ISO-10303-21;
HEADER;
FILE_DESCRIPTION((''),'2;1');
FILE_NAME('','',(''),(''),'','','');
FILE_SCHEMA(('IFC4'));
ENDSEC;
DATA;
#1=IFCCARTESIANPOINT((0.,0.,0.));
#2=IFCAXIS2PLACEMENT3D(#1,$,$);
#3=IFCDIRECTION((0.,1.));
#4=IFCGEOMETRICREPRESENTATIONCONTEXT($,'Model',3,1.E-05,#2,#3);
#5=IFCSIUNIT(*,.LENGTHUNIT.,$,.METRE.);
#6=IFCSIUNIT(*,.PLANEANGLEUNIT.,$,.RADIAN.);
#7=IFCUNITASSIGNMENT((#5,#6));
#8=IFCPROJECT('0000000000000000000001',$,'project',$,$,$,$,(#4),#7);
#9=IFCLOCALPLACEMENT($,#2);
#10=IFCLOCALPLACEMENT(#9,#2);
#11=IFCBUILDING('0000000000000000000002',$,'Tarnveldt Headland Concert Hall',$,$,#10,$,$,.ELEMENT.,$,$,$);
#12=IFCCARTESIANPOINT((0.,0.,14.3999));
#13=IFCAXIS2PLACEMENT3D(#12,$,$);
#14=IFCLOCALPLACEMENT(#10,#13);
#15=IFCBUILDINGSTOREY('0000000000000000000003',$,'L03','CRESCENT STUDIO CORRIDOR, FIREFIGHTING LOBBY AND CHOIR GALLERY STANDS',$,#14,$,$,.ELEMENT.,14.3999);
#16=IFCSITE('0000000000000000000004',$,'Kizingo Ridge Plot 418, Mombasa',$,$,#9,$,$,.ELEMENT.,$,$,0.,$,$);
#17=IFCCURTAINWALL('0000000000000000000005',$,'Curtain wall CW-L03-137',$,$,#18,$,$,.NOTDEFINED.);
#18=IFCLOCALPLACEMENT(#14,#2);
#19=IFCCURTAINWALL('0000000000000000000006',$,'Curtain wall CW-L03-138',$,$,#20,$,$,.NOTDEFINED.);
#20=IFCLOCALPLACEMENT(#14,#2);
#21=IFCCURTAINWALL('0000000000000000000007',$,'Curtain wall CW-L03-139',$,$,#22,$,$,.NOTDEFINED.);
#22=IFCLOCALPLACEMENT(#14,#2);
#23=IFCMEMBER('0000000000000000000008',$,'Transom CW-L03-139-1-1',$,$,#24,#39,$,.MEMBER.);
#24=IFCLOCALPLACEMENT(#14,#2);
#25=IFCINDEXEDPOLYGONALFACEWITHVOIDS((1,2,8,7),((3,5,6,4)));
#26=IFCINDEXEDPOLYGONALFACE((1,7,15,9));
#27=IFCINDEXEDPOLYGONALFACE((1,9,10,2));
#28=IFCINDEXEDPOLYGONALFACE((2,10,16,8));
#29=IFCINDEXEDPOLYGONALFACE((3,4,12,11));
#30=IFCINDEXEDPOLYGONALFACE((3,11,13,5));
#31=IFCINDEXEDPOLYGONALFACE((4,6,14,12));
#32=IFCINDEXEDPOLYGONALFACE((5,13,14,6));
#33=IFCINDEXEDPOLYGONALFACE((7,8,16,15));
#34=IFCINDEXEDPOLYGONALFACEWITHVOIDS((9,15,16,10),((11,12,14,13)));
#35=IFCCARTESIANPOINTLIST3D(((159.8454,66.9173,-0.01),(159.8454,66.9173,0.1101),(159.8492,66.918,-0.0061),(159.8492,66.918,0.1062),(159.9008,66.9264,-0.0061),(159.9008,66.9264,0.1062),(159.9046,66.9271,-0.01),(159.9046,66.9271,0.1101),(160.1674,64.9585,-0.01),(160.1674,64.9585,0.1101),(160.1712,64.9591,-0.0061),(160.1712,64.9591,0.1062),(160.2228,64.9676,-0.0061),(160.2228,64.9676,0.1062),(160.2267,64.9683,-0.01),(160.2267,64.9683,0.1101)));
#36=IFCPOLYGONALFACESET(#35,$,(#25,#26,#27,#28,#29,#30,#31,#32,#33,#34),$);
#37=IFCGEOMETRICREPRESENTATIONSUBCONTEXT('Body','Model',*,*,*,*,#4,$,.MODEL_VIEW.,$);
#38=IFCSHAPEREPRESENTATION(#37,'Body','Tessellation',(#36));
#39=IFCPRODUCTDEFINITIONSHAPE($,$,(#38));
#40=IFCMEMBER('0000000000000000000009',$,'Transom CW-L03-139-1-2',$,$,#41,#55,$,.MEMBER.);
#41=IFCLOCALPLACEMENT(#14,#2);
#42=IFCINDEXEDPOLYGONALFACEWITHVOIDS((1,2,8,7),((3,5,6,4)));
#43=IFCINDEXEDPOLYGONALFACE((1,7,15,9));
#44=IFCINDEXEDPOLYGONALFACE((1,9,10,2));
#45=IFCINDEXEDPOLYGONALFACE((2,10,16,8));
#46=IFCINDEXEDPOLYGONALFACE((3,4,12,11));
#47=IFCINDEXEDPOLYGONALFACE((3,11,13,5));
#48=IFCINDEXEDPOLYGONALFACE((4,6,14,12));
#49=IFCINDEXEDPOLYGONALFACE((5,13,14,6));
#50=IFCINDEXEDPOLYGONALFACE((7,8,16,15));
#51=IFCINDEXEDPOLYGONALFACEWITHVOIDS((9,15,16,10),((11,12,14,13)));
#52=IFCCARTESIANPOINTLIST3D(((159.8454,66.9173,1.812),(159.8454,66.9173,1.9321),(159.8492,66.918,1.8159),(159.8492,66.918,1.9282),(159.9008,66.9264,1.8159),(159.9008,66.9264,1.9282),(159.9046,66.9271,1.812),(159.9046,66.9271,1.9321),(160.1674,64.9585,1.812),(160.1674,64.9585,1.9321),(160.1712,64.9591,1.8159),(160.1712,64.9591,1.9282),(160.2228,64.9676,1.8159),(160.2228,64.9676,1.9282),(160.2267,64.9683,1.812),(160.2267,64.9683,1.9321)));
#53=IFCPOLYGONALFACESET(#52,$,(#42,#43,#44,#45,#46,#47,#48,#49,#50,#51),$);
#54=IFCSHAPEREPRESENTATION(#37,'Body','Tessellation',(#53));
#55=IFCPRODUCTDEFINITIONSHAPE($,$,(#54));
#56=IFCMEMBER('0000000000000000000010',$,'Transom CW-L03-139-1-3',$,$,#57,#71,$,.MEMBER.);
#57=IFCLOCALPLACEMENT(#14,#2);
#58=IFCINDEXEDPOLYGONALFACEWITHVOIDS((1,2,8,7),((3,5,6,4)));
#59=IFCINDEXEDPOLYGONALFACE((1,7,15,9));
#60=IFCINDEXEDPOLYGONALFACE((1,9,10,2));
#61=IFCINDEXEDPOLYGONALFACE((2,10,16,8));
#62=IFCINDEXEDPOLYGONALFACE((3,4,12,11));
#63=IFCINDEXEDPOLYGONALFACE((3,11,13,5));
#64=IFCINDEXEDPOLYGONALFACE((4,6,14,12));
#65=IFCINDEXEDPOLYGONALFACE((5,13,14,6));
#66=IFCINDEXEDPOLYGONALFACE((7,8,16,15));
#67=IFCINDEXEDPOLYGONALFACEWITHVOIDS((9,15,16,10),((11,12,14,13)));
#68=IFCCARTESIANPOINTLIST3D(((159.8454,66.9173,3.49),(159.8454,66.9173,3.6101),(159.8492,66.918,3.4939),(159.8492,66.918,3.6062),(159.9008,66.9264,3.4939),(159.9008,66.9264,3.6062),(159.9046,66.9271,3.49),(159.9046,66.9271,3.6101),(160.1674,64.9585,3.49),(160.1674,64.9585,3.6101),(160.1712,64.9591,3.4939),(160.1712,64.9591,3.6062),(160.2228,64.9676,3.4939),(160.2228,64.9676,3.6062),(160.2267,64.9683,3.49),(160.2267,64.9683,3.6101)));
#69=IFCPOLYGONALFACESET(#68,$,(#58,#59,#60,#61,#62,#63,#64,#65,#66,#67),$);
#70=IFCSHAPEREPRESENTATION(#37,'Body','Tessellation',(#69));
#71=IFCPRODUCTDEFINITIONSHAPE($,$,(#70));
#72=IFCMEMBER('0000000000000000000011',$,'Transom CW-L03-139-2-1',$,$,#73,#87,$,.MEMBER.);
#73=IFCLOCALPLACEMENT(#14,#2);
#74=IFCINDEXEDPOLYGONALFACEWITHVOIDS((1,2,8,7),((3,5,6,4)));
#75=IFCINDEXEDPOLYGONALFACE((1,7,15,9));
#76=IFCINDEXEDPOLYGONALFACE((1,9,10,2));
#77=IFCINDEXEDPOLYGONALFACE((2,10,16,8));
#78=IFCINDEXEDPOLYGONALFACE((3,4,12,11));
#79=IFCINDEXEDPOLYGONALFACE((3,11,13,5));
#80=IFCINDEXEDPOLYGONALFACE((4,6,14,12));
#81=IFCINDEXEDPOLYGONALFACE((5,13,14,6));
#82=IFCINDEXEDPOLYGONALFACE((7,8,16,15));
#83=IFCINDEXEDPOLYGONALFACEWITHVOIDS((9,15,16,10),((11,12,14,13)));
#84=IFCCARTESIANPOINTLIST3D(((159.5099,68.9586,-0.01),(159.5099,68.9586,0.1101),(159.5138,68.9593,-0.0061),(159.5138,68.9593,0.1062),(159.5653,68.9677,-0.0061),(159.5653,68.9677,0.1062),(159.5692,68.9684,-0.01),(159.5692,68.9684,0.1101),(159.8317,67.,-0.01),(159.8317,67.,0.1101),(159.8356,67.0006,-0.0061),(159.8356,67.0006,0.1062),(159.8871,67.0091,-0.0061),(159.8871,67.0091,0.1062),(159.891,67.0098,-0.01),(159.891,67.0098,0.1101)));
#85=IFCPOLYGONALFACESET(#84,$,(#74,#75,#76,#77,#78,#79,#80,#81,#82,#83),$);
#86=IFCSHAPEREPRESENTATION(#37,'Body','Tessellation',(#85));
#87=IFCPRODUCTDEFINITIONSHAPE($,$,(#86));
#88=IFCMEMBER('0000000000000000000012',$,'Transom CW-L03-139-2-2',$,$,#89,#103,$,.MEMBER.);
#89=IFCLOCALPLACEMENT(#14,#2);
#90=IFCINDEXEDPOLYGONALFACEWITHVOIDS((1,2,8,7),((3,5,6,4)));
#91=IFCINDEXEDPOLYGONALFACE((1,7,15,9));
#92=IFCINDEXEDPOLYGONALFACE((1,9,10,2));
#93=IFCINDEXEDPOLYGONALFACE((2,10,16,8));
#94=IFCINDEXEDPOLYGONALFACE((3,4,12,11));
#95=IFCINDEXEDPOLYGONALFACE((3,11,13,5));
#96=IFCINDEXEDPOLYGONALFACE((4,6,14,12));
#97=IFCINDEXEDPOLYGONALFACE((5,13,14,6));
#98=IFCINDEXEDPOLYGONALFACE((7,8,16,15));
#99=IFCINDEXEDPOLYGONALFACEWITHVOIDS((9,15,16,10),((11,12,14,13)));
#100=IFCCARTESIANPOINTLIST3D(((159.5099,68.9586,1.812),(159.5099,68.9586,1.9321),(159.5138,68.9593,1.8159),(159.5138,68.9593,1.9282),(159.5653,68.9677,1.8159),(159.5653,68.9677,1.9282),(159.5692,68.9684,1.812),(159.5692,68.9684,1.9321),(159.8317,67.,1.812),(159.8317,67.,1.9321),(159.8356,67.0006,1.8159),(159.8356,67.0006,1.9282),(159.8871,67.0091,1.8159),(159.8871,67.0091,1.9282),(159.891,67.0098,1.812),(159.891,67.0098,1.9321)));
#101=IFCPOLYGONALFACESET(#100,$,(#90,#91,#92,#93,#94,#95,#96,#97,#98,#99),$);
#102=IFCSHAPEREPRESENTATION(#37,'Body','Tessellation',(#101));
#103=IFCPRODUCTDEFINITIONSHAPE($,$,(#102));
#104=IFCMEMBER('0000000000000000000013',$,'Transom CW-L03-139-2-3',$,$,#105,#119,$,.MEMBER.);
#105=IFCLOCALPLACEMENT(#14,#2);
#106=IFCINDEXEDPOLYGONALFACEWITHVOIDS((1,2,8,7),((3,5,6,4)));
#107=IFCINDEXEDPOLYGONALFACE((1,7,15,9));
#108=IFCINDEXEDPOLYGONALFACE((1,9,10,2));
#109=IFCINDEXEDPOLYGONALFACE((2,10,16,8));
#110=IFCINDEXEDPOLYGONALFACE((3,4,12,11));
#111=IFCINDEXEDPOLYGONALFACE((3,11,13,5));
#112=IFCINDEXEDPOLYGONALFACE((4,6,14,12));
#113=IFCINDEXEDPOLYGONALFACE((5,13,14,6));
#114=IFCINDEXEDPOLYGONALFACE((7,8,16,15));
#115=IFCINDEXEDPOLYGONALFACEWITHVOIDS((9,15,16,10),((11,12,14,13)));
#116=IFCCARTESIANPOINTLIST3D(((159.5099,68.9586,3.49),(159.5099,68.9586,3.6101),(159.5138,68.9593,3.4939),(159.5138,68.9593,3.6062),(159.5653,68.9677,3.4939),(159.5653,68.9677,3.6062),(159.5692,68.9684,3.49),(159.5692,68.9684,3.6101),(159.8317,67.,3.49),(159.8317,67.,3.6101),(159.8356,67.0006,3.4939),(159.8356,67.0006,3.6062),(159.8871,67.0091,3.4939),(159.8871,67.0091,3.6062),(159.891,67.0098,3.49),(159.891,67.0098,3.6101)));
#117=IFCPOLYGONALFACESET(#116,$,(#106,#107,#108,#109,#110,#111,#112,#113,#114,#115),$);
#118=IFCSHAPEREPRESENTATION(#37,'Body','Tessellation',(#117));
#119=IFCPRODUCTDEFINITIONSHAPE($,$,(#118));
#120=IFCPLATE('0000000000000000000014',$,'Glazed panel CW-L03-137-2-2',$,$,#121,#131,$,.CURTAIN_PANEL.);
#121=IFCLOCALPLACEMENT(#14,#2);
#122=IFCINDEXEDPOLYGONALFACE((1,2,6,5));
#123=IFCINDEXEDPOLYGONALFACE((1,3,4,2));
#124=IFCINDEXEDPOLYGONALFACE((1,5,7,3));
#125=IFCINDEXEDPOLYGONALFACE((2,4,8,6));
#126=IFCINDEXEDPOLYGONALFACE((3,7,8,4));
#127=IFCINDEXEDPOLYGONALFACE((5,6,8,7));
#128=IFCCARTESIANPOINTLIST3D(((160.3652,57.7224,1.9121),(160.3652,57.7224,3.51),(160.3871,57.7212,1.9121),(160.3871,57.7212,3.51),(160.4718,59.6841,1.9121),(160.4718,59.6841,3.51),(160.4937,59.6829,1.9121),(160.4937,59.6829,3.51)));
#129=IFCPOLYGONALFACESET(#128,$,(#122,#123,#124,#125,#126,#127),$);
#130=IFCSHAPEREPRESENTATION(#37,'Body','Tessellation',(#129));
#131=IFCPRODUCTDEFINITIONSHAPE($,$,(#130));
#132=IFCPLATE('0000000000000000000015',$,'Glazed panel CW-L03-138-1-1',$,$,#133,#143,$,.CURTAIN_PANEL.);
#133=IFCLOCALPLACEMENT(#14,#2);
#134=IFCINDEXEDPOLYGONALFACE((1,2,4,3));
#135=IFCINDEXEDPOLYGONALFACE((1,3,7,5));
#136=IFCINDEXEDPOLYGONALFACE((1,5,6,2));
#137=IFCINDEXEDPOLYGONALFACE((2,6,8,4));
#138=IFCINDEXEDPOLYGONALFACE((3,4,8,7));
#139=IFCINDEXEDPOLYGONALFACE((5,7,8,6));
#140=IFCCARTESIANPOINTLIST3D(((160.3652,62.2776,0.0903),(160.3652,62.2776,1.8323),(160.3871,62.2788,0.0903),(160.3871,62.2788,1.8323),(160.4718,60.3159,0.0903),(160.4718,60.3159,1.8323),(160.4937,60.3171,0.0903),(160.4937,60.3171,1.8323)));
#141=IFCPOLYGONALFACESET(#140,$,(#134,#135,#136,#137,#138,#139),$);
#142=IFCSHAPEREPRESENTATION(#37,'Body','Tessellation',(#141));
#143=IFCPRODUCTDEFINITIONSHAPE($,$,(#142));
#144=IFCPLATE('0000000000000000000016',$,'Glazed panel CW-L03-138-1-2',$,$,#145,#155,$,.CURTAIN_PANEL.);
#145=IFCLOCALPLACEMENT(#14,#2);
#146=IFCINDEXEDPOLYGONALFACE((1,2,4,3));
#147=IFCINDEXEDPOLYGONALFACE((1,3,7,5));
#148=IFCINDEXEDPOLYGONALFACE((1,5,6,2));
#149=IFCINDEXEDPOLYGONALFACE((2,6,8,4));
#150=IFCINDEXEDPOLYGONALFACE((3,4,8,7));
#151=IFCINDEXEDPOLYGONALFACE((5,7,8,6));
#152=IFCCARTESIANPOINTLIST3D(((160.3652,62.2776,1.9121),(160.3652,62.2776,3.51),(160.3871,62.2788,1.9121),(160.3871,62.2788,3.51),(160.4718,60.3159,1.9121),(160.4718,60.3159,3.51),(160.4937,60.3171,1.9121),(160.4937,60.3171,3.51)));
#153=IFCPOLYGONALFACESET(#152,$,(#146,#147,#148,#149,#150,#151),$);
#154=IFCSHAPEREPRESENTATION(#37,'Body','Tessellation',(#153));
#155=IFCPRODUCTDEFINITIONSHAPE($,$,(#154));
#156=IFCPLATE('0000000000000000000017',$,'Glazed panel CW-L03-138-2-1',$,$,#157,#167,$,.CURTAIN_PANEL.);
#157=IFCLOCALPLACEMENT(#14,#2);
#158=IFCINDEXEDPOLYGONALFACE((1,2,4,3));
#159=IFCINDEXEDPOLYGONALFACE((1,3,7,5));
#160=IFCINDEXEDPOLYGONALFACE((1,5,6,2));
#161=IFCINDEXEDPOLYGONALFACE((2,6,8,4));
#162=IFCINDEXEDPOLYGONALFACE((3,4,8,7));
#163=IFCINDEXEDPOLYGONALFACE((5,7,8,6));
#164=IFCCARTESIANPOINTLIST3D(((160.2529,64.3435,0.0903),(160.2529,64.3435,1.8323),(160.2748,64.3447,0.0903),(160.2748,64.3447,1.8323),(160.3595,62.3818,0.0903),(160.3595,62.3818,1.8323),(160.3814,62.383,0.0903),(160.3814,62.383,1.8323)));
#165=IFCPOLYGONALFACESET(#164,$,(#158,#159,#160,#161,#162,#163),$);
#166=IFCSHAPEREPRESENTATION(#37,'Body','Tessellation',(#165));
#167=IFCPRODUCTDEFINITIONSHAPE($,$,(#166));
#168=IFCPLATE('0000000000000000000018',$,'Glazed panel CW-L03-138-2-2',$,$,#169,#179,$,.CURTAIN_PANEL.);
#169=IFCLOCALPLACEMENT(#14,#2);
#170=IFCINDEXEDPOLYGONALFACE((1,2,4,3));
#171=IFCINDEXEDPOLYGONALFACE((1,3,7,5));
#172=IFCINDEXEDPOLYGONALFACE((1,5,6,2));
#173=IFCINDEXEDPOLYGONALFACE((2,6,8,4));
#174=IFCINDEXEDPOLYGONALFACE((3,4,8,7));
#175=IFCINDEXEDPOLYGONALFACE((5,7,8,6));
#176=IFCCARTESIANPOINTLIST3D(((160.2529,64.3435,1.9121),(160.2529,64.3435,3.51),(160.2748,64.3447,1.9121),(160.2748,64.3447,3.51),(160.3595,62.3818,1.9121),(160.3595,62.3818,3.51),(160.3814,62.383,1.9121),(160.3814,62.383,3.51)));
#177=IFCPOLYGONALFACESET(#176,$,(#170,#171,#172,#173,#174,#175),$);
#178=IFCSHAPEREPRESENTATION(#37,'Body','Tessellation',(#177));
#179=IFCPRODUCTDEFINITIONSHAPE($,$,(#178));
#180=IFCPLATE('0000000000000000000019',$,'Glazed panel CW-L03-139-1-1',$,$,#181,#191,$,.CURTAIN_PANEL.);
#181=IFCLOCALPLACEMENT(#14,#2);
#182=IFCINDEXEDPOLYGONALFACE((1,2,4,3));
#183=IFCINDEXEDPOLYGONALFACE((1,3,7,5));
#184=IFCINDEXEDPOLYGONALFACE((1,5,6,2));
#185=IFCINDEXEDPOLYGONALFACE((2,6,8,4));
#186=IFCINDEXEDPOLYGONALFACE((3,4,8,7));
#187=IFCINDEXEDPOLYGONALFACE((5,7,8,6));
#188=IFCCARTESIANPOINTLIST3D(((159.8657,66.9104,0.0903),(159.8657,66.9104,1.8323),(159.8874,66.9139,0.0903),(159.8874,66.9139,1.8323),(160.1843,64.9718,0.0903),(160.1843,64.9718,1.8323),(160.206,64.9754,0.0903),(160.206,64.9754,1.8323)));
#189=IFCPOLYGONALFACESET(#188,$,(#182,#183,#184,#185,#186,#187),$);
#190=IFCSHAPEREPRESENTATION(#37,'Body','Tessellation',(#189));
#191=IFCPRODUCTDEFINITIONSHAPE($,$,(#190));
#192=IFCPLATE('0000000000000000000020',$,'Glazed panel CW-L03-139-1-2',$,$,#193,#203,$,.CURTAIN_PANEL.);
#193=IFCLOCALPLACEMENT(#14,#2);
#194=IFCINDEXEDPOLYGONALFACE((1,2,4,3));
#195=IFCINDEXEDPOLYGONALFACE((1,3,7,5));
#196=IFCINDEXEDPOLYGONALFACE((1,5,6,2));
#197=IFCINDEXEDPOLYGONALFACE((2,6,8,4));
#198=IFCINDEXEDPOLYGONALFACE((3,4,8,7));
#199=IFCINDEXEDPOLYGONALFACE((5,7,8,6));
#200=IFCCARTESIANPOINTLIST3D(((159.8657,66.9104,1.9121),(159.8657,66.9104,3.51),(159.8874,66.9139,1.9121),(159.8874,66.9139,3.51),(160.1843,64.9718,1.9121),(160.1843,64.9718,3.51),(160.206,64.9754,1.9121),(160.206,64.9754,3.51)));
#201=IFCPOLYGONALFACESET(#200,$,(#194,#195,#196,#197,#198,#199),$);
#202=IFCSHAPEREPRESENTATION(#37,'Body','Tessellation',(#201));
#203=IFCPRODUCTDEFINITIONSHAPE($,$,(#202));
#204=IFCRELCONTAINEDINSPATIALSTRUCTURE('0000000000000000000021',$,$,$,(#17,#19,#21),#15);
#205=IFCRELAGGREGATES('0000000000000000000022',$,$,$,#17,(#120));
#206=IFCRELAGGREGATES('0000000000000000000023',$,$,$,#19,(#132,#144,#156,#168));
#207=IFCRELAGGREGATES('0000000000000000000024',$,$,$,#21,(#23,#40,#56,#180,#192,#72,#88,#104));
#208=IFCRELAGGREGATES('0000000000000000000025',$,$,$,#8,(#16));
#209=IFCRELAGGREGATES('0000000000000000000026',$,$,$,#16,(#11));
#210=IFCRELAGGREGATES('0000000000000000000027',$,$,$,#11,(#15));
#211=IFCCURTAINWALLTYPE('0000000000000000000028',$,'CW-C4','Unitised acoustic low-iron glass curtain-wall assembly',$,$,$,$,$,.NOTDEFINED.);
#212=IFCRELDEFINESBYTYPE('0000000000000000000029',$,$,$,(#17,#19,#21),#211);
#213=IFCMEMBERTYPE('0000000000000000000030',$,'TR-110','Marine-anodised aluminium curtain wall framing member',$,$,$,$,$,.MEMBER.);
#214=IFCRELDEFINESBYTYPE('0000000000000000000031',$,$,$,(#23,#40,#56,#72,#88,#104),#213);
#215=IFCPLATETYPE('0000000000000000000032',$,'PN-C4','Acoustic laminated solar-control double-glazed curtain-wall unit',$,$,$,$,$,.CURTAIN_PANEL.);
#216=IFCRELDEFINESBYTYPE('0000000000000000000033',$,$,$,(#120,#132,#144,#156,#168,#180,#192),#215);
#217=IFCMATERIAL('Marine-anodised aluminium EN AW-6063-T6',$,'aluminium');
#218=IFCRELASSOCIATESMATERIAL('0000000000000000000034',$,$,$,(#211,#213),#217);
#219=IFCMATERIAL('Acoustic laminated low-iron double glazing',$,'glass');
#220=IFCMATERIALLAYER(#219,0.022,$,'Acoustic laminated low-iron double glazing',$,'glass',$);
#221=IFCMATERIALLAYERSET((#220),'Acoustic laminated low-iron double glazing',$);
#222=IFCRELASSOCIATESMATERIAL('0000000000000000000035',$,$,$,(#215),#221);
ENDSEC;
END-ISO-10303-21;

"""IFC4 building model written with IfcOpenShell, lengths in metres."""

from ifc_helpers import new_model, si_unit, direction, frame, origin, origin_2d, place, context, subcontext, project, spatial, rectangle, hollow_rectangle, extrude, material, layer, layer_set, material_profile, profile_set, type_object, element, aggregate, save


model = new_model("IFC4")

# Units and contexts
model_context = context("Model", 3, precision=1e-05, world=origin(), true_north=direction((0.0, 1.0)))
body_context = subcontext(model_context, "Body", "Model", "MODEL_VIEW")
ifc_project = project(units=[si_unit("LENGTHUNIT", "METRE"), si_unit("PLANEANGLEUNIT", "RADIAN")], contexts=[model_context])

# Site, building, storey
site_placement = place(None, origin())
site = spatial("IfcSite", under=ifc_project, at=site_placement, Name="Kizingo Ridge Plot 418, Mombasa", CompositionType="ELEMENT", RefElevation=0.0)
building_placement = place(site_placement, origin())
building = spatial("IfcBuilding", under=site, at=building_placement, Name="Tarnveldt Headland Concert Hall", CompositionType="ELEMENT")
storey_placement = place(building_placement, frame((0.0, 0.0, 14.3999)))
storey = spatial("IfcBuildingStorey", under=building, at=storey_placement, Name="L03", Description="CRESCENT STUDIO CORRIDOR, FIREFIGHTING LOBBY AND CHOIR GALLERY STANDS", CompositionType="ELEMENT", Elevation=14.3999)

# Curtain wall
ifc_material_1 = material(Name="Marine-anodised aluminium EN AW-6063-T6", Category="aluminium")
curtain_wall_type = type_object("IfcCurtainWallType", Name="CW-C4", Description="Unitised acoustic low-iron glass curtain-wall assembly", PredefinedType="NOTDEFINED", material=ifc_material_1)
curtain_wall_1_placement = place(storey_placement, origin())
curtain_wall_1 = element("IfcCurtainWall", 1, at=curtain_wall_1_placement, inside=storey, type_object=curtain_wall_type, Name="Curtain wall CW-L03-137", PredefinedType="NOTDEFINED")

# Curtain walls
curtain_wall_2_placement = place(storey_placement, origin())
curtain_wall_2 = element("IfcCurtainWall", 2, at=curtain_wall_2_placement, inside=storey, type_object=curtain_wall_type, Name="Curtain wall CW-L03-138", PredefinedType="NOTDEFINED")
curtain_wall_3_placement = place(storey_placement, origin())
curtain_wall_3 = element("IfcCurtainWall", 3, at=curtain_wall_3_placement, inside=storey, type_object=curtain_wall_type, Name="Curtain wall CW-L03-139", PredefinedType="NOTDEFINED")

# Members
ifc_material_profile_1 = material_profile(ifc_material_1, hollow_rectangle(XDim=0.0601, YDim=0.1201, WallThickness=0.0039, at=origin_2d()), Name="ALU TRANSOM 60x120x4", Category="aluminium")
ifc_profile_set_1 = profile_set([ifc_material_profile_1], Name="Marine-anodised aluminium EN AW-6063-T6")
member_type_1 = type_object("IfcMemberType", Name="TR-110", Description="Marine-anodised aluminium curtain wall framing member", PredefinedType="MEMBER", material=ifc_profile_set_1)
member_1_placement = place(storey_placement, frame((160.197, 64.9634, 0.05), z_axis=(-0.162225, 0.986754, 0.0), x_axis=(-0.986754, -0.162225, 0.0)))
member_1 = element("IfcMember", 4, at=member_1_placement, type_object=member_type_1, Name="Transom CW-L03-139-1-1", PredefinedType="MEMBER", context=body_context, shape_type="SweptSolid", body=[
    extrude(hollow_rectangle(XDim=0.0601, YDim=0.1201, WallThickness=0.0039, at=origin_2d()), origin(), (0.0, 0.0, 1.0), 1.9851),
])
member_2_placement = place(storey_placement, frame((160.197, 64.9634, 1.8721), z_axis=(-0.162225, 0.986754, 0.0), x_axis=(-0.986754, -0.162225, 0.0)))
member_2 = element("IfcMember", 5, at=member_2_placement, type_object=member_type_1, Name="Transom CW-L03-139-1-2", PredefinedType="MEMBER", context=body_context, shape_type="SweptSolid", body=[
    extrude(hollow_rectangle(XDim=0.0601, YDim=0.1201, WallThickness=0.0039, at=origin_2d()), origin(), (0.0, 0.0, 1.0), 1.9851),
])
member_3_placement = place(storey_placement, frame((160.197, 64.9634, 3.55), z_axis=(-0.162225, 0.986754, 0.0), x_axis=(-0.986754, -0.162225, 0.0)))
member_3 = element("IfcMember", 6, at=member_3_placement, type_object=member_type_1, Name="Transom CW-L03-139-1-3", PredefinedType="MEMBER", context=body_context, shape_type="SweptSolid", body=[
    extrude(hollow_rectangle(XDim=0.0601, YDim=0.1201, WallThickness=0.0039, at=origin_2d()), origin(), (0.0, 0.0, 1.0), 1.9851),
])
member_4_placement = place(storey_placement, frame((159.8613, 67.0049, 0.05), z_axis=(-0.162125, 0.98677, 0.0), x_axis=(-0.98677, -0.162125, 0.0)))
member_4 = element("IfcMember", 7, at=member_4_placement, type_object=member_type_1, Name="Transom CW-L03-139-2-1", PredefinedType="MEMBER", context=body_context, shape_type="SweptSolid", body=[
    extrude(hollow_rectangle(XDim=0.0601, YDim=0.1201, WallThickness=0.0039, at=origin_2d()), origin(), (0.0, 0.0, 1.0), 1.9849),
])
member_5_placement = place(storey_placement, frame((159.8613, 67.0049, 1.8721), z_axis=(-0.162125, 0.98677, 0.0), x_axis=(-0.98677, -0.162125, 0.0)))
member_5 = element("IfcMember", 8, at=member_5_placement, type_object=member_type_1, Name="Transom CW-L03-139-2-2", PredefinedType="MEMBER", context=body_context, shape_type="SweptSolid", body=[
    extrude(hollow_rectangle(XDim=0.0601, YDim=0.1201, WallThickness=0.0039, at=origin_2d()), origin(), (0.0, 0.0, 1.0), 1.9849),
])
member_6_placement = place(storey_placement, frame((159.8613, 67.0049, 3.55), z_axis=(-0.162125, 0.98677, 0.0), x_axis=(-0.98677, -0.162125, 0.0)))
member_6 = element("IfcMember", 9, at=member_6_placement, type_object=member_type_1, Name="Transom CW-L03-139-2-3", PredefinedType="MEMBER", context=body_context, shape_type="SweptSolid", body=[
    extrude(hollow_rectangle(XDim=0.0601, YDim=0.1201, WallThickness=0.0039, at=origin_2d()), origin(), (0.0, 0.0, 1.0), 1.9849),
])

# Plates
ifc_material_2 = material(Name="Acoustic laminated low-iron double glazing", Category="glass")
ifc_layer = layer(ifc_material_2, 0.022, Name="Acoustic laminated low-iron double glazing", Category="glass")
ifc_layer_set = layer_set([ifc_layer], Name="Acoustic laminated low-iron double glazing")
plate_type = type_object("IfcPlateType", Name="PN-C4", Description="Acoustic laminated solar-control double-glazed curtain-wall unit", PredefinedType="CURTAIN_PANEL", material=ifc_layer_set)
plate_1_placement = place(storey_placement, frame((160.4294, 58.7026, 1.9121), z_axis=(0.0, 0.0, 1.0), x_axis=(0.054253, 0.998527, 0.0)))
plate_1 = element("IfcPlate", 10, at=plate_1_placement, type_object=plate_type, Name="Glazed panel CW-L03-137-2-2", PredefinedType="CURTAIN_PANEL", context=body_context, shape_type="SweptSolid", body=[
    extrude(rectangle(XDim=1.9646, YDim=0.022, at=origin_2d()), origin(), (0.0, 0.0, 1.0), 1.5979),
])
aggregate(curtain_wall_1, [plate_1])
plate_2_placement = place(storey_placement, frame((160.4294, 61.2974, 0.0903), z_axis=(0.0, 0.0, 1.0), x_axis=(-0.054253, 0.998527, 0.0)))
plate_2 = element("IfcPlate", 11, at=plate_2_placement, type_object=plate_type, Name="Glazed panel CW-L03-138-1-1", PredefinedType="CURTAIN_PANEL", context=body_context, shape_type="SweptSolid", body=[
    extrude(rectangle(XDim=1.9646, YDim=0.022, at=origin_2d()), origin(), (0.0, 0.0, 1.0), 1.7419),
])
plate_3_placement = place(storey_placement, frame((160.4294, 61.2974, 1.9121), z_axis=(0.0, 0.0, 1.0), x_axis=(-0.054253, 0.998527, 0.0)))
plate_3 = element("IfcPlate", 12, at=plate_3_placement, type_object=plate_type, Name="Glazed panel CW-L03-138-1-2", PredefinedType="CURTAIN_PANEL", context=body_context, shape_type="SweptSolid", body=[
    extrude(rectangle(XDim=1.9646, YDim=0.022, at=origin_2d()), origin(), (0.0, 0.0, 1.0), 1.5979),
])
plate_4_placement = place(storey_placement, frame((160.3171, 63.3633, 0.0903), z_axis=(0.0, 0.0, 1.0), x_axis=(-0.054253, 0.998527, 0.0)))
plate_4 = element("IfcPlate", 13, at=plate_4_placement, type_object=plate_type, Name="Glazed panel CW-L03-138-2-1", PredefinedType="CURTAIN_PANEL", context=body_context, shape_type="SweptSolid", body=[
    extrude(rectangle(XDim=1.9646, YDim=0.022, at=origin_2d()), origin(), (0.0, 0.0, 1.0), 1.7419),
])
plate_5_placement = place(storey_placement, frame((160.3171, 63.3633, 1.9121), z_axis=(0.0, 0.0, 1.0), x_axis=(-0.054253, 0.998527, 0.0)))
plate_5 = element("IfcPlate", 14, at=plate_5_placement, type_object=plate_type, Name="Glazed panel CW-L03-138-2-2", PredefinedType="CURTAIN_PANEL", context=body_context, shape_type="SweptSolid", body=[
    extrude(rectangle(XDim=1.9646, YDim=0.022, at=origin_2d()), origin(), (0.0, 0.0, 1.0), 1.5979),
])
aggregate(curtain_wall_2, [plate_2, plate_3, plate_4, plate_5])
plate_6_placement = place(storey_placement, frame((160.0359, 65.9429, 0.0903), z_axis=(0.0, 0.0, 1.0), x_axis=(-0.162172, 0.986762, 0.0)))
plate_6 = element("IfcPlate", 15, at=plate_6_placement, type_object=plate_type, Name="Glazed panel CW-L03-139-1-1", PredefinedType="CURTAIN_PANEL", context=body_context, shape_type="SweptSolid", body=[
    extrude(rectangle(XDim=1.9646, YDim=0.022, at=origin_2d()), origin(), (0.0, 0.0, 1.0), 1.7419),
])
plate_7_placement = place(storey_placement, frame((160.0359, 65.9429, 1.9121), z_axis=(0.0, 0.0, 1.0), x_axis=(-0.162172, 0.986762, 0.0)))
plate_7 = element("IfcPlate", 16, at=plate_7_placement, type_object=plate_type, Name="Glazed panel CW-L03-139-1-2", PredefinedType="CURTAIN_PANEL", context=body_context, shape_type="SweptSolid", body=[
    extrude(rectangle(XDim=1.9646, YDim=0.022, at=origin_2d()), origin(), (0.0, 0.0, 1.0), 1.5979),
])
aggregate(curtain_wall_3, [member_1, member_2, member_3, plate_6, plate_7, member_4, member_5, member_6])

save(model, "model.ifc")
